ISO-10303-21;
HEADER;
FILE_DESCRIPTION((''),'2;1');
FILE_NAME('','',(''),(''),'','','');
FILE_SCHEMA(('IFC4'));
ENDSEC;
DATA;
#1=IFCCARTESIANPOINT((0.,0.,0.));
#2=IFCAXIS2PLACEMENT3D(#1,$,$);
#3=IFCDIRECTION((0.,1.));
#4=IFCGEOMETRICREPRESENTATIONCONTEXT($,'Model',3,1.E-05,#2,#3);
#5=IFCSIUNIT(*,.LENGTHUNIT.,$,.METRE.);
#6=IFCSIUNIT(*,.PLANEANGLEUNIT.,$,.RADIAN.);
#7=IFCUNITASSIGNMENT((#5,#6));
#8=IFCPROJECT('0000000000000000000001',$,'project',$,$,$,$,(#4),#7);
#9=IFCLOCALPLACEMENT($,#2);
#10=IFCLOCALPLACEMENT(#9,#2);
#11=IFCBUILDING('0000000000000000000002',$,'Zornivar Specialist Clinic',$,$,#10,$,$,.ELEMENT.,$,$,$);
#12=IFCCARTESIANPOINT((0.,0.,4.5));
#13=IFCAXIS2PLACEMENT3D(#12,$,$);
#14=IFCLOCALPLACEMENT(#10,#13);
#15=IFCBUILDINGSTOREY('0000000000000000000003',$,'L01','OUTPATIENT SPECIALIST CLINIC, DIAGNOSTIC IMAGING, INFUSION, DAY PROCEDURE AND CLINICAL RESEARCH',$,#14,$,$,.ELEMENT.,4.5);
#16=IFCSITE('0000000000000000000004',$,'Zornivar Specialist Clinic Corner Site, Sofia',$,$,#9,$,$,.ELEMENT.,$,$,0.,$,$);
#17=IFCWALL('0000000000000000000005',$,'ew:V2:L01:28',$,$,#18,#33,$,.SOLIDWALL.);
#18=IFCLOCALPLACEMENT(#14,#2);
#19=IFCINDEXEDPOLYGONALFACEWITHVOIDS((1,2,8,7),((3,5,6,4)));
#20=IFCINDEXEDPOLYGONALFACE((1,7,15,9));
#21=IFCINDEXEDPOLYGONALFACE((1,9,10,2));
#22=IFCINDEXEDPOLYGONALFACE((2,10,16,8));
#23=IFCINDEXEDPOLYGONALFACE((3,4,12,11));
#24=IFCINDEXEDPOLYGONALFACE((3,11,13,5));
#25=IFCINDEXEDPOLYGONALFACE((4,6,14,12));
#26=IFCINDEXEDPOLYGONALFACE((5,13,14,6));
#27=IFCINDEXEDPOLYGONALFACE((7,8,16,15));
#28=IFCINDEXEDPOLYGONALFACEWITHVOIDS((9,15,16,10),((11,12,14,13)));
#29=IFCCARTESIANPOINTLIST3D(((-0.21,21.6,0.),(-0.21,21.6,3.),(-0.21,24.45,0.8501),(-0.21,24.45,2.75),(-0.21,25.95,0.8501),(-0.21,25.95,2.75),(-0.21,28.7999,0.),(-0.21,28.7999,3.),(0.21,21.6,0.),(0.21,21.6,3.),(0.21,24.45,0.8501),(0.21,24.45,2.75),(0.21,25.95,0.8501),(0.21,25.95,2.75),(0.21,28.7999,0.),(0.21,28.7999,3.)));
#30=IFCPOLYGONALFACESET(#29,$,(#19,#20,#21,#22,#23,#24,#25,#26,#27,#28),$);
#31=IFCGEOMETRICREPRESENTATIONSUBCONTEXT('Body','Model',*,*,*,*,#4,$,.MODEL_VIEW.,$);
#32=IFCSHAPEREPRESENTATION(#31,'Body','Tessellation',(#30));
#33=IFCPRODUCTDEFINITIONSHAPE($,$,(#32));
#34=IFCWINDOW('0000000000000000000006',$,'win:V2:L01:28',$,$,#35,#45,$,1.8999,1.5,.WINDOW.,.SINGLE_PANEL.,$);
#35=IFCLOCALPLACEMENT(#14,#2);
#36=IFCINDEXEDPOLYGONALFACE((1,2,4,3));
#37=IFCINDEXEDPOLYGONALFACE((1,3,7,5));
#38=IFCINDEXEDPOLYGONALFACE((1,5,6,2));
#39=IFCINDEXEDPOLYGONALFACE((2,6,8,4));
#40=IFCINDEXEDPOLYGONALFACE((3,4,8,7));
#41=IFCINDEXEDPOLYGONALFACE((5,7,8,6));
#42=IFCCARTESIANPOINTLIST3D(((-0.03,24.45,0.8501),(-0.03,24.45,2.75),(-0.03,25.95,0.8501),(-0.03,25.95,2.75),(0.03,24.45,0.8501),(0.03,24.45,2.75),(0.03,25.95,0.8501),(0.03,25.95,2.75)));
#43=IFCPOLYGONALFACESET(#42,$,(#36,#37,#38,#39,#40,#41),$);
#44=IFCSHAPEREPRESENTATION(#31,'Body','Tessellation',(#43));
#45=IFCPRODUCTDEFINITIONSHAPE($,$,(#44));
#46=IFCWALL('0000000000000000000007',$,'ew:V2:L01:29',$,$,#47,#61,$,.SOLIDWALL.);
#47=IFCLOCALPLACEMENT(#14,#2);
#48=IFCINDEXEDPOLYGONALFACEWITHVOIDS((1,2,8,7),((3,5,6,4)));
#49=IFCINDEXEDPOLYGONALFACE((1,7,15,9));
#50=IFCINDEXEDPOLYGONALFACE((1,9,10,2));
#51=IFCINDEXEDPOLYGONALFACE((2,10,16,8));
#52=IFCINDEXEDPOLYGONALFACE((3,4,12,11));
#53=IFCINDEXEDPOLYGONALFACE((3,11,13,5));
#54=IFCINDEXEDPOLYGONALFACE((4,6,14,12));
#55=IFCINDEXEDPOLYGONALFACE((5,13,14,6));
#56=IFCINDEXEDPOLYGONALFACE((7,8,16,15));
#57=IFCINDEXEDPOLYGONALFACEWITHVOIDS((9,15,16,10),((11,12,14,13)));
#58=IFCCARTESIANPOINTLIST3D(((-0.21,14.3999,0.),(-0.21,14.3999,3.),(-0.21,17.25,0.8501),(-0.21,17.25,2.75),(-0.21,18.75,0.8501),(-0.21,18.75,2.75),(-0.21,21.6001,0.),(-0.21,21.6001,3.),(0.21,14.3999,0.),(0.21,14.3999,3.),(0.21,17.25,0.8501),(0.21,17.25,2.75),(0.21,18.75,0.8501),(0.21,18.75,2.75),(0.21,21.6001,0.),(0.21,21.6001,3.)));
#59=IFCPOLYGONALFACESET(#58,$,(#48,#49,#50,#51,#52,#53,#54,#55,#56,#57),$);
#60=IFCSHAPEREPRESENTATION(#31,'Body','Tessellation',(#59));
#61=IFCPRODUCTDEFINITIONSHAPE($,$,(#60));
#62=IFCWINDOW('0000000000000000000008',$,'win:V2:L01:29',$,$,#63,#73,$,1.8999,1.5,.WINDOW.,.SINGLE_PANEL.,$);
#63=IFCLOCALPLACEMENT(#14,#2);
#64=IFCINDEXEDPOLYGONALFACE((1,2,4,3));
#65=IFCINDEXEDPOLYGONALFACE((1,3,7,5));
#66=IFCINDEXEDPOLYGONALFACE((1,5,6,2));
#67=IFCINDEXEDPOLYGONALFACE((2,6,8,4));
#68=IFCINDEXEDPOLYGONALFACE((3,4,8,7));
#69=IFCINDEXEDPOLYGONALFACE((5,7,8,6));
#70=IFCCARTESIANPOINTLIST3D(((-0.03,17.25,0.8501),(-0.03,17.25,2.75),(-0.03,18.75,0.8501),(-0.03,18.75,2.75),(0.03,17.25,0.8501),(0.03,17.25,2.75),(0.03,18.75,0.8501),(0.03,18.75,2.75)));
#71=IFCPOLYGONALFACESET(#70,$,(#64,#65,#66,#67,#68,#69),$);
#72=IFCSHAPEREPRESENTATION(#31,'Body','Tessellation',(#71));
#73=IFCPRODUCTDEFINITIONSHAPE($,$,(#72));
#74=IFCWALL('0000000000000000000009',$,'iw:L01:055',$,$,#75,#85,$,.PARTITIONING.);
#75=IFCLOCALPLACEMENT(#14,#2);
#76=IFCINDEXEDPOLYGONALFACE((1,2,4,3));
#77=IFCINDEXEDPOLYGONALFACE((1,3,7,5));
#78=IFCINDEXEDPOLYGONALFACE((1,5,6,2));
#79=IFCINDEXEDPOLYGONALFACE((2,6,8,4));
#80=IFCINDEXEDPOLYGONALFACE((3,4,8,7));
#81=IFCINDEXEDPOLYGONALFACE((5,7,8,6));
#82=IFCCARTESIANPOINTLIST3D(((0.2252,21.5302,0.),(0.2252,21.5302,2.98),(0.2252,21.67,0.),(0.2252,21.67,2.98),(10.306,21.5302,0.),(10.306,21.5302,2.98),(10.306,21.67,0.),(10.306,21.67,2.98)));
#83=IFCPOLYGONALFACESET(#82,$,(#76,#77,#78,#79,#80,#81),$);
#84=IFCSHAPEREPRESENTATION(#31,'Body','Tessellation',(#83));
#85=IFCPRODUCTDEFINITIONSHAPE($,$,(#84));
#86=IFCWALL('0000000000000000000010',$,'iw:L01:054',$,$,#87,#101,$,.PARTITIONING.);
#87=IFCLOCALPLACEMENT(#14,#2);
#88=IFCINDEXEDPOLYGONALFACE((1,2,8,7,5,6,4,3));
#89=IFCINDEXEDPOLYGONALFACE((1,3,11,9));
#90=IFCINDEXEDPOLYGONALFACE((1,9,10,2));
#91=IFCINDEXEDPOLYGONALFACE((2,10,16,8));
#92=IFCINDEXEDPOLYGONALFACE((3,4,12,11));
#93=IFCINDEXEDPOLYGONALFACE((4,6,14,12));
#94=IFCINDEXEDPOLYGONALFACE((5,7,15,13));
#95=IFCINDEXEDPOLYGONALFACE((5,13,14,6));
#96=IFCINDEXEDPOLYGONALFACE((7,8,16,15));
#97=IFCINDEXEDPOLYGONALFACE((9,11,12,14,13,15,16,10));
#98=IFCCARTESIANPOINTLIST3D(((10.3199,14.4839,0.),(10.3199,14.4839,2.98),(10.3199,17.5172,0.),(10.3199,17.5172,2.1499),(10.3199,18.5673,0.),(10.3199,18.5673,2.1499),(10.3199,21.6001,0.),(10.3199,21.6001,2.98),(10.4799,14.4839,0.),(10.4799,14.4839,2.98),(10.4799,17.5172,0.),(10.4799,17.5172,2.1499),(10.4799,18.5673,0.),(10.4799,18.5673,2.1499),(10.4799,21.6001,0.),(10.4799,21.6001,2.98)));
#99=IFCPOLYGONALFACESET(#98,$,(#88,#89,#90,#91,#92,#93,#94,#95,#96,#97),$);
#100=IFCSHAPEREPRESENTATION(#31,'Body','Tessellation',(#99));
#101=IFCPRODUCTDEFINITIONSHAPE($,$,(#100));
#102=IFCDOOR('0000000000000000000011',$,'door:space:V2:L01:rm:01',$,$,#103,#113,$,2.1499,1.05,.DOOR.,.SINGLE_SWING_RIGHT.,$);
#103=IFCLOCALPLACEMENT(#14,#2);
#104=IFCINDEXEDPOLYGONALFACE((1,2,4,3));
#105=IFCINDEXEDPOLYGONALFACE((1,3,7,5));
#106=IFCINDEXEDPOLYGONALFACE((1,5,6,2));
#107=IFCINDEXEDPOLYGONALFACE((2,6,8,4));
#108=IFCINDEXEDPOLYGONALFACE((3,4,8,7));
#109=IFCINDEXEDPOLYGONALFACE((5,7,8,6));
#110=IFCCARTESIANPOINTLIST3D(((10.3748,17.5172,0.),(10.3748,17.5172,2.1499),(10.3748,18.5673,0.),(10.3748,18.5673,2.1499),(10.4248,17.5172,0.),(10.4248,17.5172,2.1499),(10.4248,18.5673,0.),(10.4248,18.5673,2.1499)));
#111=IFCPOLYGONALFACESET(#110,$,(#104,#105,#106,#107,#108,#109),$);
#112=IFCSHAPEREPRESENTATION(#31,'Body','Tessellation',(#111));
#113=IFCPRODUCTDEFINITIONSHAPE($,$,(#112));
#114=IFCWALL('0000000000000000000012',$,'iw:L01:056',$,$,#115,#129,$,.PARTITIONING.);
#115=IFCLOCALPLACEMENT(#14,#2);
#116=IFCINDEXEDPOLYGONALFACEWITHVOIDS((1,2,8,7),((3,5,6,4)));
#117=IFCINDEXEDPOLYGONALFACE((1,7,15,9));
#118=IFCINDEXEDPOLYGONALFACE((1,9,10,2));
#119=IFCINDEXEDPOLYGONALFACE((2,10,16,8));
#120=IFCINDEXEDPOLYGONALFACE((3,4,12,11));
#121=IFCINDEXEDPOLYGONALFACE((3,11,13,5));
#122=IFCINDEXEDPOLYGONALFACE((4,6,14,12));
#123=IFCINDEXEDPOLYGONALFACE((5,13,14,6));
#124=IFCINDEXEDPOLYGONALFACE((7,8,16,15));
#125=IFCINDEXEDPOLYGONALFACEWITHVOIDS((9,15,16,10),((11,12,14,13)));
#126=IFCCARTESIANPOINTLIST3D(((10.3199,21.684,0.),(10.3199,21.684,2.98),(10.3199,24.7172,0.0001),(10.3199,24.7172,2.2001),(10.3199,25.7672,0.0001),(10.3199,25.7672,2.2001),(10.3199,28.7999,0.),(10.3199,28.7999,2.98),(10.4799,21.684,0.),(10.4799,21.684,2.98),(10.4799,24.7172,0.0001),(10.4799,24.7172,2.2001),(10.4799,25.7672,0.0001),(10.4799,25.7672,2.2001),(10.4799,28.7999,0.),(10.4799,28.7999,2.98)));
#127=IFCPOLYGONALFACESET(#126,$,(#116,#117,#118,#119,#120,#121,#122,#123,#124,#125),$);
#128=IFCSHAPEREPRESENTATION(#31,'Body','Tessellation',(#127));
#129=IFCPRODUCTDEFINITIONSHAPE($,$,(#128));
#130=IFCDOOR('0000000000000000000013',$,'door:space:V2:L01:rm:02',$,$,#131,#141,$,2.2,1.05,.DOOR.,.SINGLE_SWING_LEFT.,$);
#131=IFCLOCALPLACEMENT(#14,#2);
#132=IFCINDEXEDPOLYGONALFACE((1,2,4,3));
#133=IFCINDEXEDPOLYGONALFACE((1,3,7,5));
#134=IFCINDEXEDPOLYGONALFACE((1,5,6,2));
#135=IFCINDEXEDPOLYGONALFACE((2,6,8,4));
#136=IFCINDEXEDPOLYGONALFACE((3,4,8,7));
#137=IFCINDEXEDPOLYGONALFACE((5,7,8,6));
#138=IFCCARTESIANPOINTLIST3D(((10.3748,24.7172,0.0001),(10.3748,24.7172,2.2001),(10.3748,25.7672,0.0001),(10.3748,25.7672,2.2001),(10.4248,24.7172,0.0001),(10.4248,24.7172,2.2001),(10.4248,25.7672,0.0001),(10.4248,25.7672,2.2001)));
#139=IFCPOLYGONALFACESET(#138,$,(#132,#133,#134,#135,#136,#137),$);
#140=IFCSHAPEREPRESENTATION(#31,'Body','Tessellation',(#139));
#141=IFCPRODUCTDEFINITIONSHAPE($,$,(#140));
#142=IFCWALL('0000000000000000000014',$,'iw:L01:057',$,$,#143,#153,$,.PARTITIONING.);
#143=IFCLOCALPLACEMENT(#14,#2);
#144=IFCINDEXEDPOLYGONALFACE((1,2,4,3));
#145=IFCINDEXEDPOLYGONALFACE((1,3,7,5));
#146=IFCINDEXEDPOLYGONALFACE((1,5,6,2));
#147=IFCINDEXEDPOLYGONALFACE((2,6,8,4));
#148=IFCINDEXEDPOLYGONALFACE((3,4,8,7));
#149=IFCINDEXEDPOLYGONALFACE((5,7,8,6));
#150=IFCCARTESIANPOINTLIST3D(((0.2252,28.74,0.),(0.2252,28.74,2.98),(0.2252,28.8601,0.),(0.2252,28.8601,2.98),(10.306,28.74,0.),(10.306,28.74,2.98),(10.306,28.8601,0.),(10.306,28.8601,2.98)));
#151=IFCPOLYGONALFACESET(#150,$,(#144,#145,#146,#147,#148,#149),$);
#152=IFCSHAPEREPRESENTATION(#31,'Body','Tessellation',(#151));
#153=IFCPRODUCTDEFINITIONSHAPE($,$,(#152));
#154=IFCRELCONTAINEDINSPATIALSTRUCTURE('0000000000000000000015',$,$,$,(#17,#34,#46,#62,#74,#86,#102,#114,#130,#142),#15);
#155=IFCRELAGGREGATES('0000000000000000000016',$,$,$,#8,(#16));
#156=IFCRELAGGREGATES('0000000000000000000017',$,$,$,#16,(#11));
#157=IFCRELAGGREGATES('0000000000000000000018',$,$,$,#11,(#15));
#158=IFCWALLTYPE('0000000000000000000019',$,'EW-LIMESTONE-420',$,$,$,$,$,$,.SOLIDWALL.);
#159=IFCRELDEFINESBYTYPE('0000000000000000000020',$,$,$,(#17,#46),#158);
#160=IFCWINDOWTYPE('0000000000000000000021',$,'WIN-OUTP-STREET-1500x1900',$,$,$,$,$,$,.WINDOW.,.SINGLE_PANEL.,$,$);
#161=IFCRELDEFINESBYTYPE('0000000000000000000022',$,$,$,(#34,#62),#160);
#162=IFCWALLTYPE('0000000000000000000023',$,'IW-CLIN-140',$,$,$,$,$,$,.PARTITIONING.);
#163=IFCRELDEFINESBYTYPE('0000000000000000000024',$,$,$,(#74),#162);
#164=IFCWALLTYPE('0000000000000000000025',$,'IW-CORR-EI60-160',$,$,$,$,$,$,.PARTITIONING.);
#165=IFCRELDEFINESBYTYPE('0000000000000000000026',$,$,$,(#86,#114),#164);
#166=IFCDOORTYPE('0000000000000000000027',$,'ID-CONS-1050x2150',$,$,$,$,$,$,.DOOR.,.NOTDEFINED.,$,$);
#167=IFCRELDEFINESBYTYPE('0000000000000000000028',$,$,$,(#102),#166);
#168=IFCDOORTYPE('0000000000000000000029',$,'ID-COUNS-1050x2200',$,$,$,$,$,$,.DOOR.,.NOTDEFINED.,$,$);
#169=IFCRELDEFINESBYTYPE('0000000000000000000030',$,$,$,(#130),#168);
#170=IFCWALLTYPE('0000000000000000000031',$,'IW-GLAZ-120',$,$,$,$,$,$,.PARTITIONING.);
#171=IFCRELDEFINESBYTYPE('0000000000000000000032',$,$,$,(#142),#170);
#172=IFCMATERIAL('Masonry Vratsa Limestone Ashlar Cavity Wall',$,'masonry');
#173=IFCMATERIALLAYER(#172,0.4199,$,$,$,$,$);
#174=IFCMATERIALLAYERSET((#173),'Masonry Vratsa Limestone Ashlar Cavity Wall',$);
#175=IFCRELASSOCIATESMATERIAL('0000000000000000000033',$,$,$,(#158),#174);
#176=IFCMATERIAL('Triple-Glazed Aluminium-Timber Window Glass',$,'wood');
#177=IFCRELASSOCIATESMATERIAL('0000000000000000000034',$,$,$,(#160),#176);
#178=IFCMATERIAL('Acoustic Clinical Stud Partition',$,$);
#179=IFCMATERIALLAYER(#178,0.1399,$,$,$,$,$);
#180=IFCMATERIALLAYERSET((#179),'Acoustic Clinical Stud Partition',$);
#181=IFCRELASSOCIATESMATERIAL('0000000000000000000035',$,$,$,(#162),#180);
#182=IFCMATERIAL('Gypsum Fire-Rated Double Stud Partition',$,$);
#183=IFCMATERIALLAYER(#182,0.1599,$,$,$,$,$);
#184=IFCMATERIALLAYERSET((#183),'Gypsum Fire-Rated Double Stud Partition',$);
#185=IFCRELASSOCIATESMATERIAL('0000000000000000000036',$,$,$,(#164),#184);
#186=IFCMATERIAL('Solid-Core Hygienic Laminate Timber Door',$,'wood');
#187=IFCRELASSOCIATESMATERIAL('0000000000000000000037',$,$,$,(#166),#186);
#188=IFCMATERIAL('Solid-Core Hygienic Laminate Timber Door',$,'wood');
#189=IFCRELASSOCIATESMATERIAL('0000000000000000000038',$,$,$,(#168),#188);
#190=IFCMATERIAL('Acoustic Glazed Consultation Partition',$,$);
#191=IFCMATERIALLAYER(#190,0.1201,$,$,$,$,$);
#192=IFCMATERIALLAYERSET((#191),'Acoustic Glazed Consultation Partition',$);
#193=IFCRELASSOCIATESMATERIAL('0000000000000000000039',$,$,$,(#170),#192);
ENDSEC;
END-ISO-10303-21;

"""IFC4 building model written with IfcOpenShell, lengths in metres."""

from ifc_helpers import new_model, si_unit, direction, frame, frame_2d, origin, place, context, subcontext, project, spatial, rectangle, extrude, material, layer, layer_set, type_object, element, fill, save


model = new_model("IFC4")

# Units and contexts
model_context = context("Model", 3, precision=1e-05, world=origin(), true_north=direction((0.0, 1.0)))
body_context = subcontext(model_context, "Body", "Model", "MODEL_VIEW")
ifc_project = project(units=[si_unit("LENGTHUNIT", "METRE"), si_unit("PLANEANGLEUNIT", "RADIAN")], contexts=[model_context])

# Site, building, storey
site_placement = place(None, origin())
site = spatial("IfcSite", under=ifc_project, at=site_placement, Name="Zornivar Specialist Clinic Corner Site, Sofia", CompositionType="ELEMENT", RefElevation=0.0)
building_placement = place(site_placement, origin())
building = spatial("IfcBuilding", under=site, at=building_placement, Name="Zornivar Specialist Clinic", CompositionType="ELEMENT")
storey_placement = place(building_placement, frame((0.0, 0.0, 4.5)))
storey = spatial("IfcBuildingStorey", under=building, at=storey_placement, Name="L01", Description="OUTPATIENT SPECIALIST CLINIC, DIAGNOSTIC IMAGING, INFUSION, DAY PROCEDURE AND CLINICAL RESEARCH", CompositionType="ELEMENT", Elevation=4.5)

# Walls, openings, windows
ifc_material_1 = material(Name="Masonry Vratsa Limestone Ashlar Cavity Wall", Category="masonry")
ifc_layer_1 = layer(ifc_material_1, 0.4199)
ifc_layer_set_1 = layer_set([ifc_layer_1], Name="Masonry Vratsa Limestone Ashlar Cavity Wall")
wall_type_1 = type_object("IfcWallType", Name="EW-LIMESTONE-420", PredefinedType="SOLIDWALL", material=ifc_layer_set_1)
ifc_material_2 = material(Name="Triple-Glazed Aluminium-Timber Window Glass", Category="wood")
window_type = type_object("IfcWindowType", Name="WIN-OUTP-STREET-1500x1900", PartitioningType="SINGLE_PANEL", PredefinedType="WINDOW", material=ifc_material_2)
wall_1_placement = place(storey_placement, frame((0.0, 28.8, 0.0), z_axis=(0.0, 0.0, 1.0), x_axis=(0.0, -1.0, 0.0)))
wall_1 = element("IfcWall", 1, at=wall_1_placement, inside=storey, type_object=wall_type_1, Name="ew:V2:L01:28", PredefinedType="SOLIDWALL", context=body_context, shape_type="SweptSolid", body=[
    extrude(rectangle(XDim=7.2, YDim=0.4199, at=frame_2d((3.6001, 0.0))), origin(), (0.0, 0.0, 1.0), 3.0),
])
opening_1_placement = place(wall_1_placement, frame((2.8501, 0.0, 0.8501)))
opening_1 = element("IfcOpeningElement", 2, at=opening_1_placement, cuts=wall_1, PredefinedType="OPENING", context=body_context, shape_type="SweptSolid", body=[
    extrude(rectangle(XDim=1.5, YDim=1.8999, at=frame_2d((0.75, 0.95))), frame((0.0, 0.22, 0.0), z_axis=(0.0, -1.0, 0.0), x_axis=(1.0, 0.0, 0.0)), (0.0, 0.0, 1.0), 0.4399),
])
window_1_placement = place(opening_1_placement, origin())
window_1 = element("IfcWindow", 3, at=window_1_placement, inside=storey, type_object=window_type, Name="win:V2:L01:28", OverallHeight=1.8999, OverallWidth=1.5, PartitioningType="SINGLE_PANEL", PredefinedType="WINDOW", context=body_context, shape_type="SweptSolid", body=[
    extrude(rectangle(XDim=1.5, YDim=1.8999, at=frame_2d((0.75, 0.95))), frame((0.0, 0.03, 0.0), z_axis=(0.0, -1.0, 0.0), x_axis=(1.0, 0.0, 0.0)), (0.0, 0.0, 1.0), 0.0601),
])
fill(opening_1, window_1)
wall_2_placement = place(storey_placement, frame((0.0, 21.6001, 0.0), z_axis=(0.0, 0.0, 1.0), x_axis=(0.0, -1.0, 0.0)))
wall_2 = element("IfcWall", 4, at=wall_2_placement, inside=storey, type_object=wall_type_1, Name="ew:V2:L01:29", PredefinedType="SOLIDWALL", context=body_context, shape_type="SweptSolid", body=[
    extrude(rectangle(XDim=7.2002, YDim=0.4199, at=frame_2d((3.6001, 0.0))), origin(), (0.0, 0.0, 1.0), 3.0),
])
opening_2_placement = place(wall_2_placement, frame((2.8501, 0.0, 0.8501)))
opening_2 = element("IfcOpeningElement", 5, at=opening_2_placement, cuts=wall_2, PredefinedType="OPENING", context=body_context, shape_type="SweptSolid", body=[
    extrude(rectangle(XDim=1.5, YDim=1.8999, at=frame_2d((0.75, 0.95))), frame((0.0, 0.22, 0.0), z_axis=(0.0, -1.0, 0.0), x_axis=(1.0, 0.0, 0.0)), (0.0, 0.0, 1.0), 0.4399),
])
window_2_placement = place(opening_2_placement, origin())
window_2 = element("IfcWindow", 6, at=window_2_placement, inside=storey, type_object=window_type, Name="win:V2:L01:29", OverallHeight=1.8999, OverallWidth=1.5, PartitioningType="SINGLE_PANEL", PredefinedType="WINDOW", context=body_context, shape_type="SweptSolid", body=[
    extrude(rectangle(XDim=1.5, YDim=1.8999, at=frame_2d((0.75, 0.95))), frame((0.0, 0.03, 0.0), z_axis=(0.0, -1.0, 0.0), x_axis=(1.0, 0.0, 0.0)), (0.0, 0.0, 1.0), 0.0601),
])
fill(opening_2, window_2)

# Wall
ifc_material_3 = material(Name="Acoustic Clinical Stud Partition")
ifc_layer_2 = layer(ifc_material_3, 0.1399)
ifc_layer_set_2 = layer_set([ifc_layer_2], Name="Acoustic Clinical Stud Partition")
wall_type_2 = type_object("IfcWallType", Name="IW-CLIN-140", PredefinedType="PARTITIONING", material=ifc_layer_set_2)
wall_3_placement = place(storey_placement, frame((0.2251, 21.6001, 0.0), z_axis=(0.0, 0.0, 1.0), x_axis=(1.0, 0.0, 0.0)))
element("IfcWall", 7, at=wall_3_placement, inside=storey, type_object=wall_type_2, Name="iw:L01:055", PredefinedType="PARTITIONING", context=body_context, shape_type="SweptSolid", body=[
    extrude(rectangle(XDim=10.0808, YDim=0.1399, at=frame_2d((5.0405, 0.0))), origin(), (0.0, 0.0, 1.0), 2.98),
])

# Walls, openings, doors
ifc_material_4 = material(Name="Gypsum Fire-Rated Double Stud Partition")
ifc_layer_3 = layer(ifc_material_4, 0.1599)
ifc_layer_set_3 = layer_set([ifc_layer_3], Name="Gypsum Fire-Rated Double Stud Partition")
wall_type_3 = type_object("IfcWallType", Name="IW-CORR-EI60-160", PredefinedType="PARTITIONING", material=ifc_layer_set_3)
wall_4_placement = place(storey_placement, frame((10.3999, 21.6001, 0.0), z_axis=(0.0, 0.0, 1.0), x_axis=(0.0, -1.0, 0.0)))
wall_4 = element("IfcWall", 8, at=wall_4_placement, inside=storey, type_object=wall_type_3, Name="iw:L01:054", PredefinedType="PARTITIONING", context=body_context, shape_type="SweptSolid", body=[
    extrude(rectangle(XDim=7.1162, YDim=0.1599, at=frame_2d((3.5581, 0.0))), origin(), (0.0, 0.0, 1.0), 2.98),
])
opening_3_placement = place(wall_4_placement, frame((3.033, 0.0, 0.0)))
opening_3 = element("IfcOpeningElement", 9, at=opening_3_placement, cuts=wall_4, PredefinedType="OPENING", context=body_context, shape_type="SweptSolid", body=[
    extrude(rectangle(XDim=1.05, YDim=2.1499, at=frame_2d((0.5249, 1.075))), frame((0.0, 0.0898, 0.0), z_axis=(0.0, -1.0, 0.0), x_axis=(1.0, 0.0, 0.0)), (0.0, 0.0, 1.0), 0.1799),
])
ifc_material_5 = material(Name="Solid-Core Hygienic Laminate Timber Door", Category="wood")
door_type_1 = type_object("IfcDoorType", Name="ID-CONS-1050x2150", OperationType="NOTDEFINED", PredefinedType="DOOR", material=ifc_material_5)
door_1_placement = place(opening_3_placement, origin())
door_1 = element("IfcDoor", 10, at=door_1_placement, inside=storey, type_object=door_type_1, Name="door:space:V2:L01:rm:01", OperationType="SINGLE_SWING_RIGHT", OverallHeight=2.1499, OverallWidth=1.05, PredefinedType="DOOR", context=body_context, shape_type="SweptSolid", body=[
    extrude(rectangle(XDim=1.05, YDim=2.1499, at=frame_2d((0.5249, 1.075))), frame((0.0, 0.0249, 0.0), z_axis=(0.0, -1.0, 0.0), x_axis=(1.0, 0.0, 0.0)), (0.0, 0.0, 1.0), 0.05),
])
fill(opening_3, door_1)
wall_5_placement = place(storey_placement, frame((10.3999, 28.8, 0.0), z_axis=(0.0, 0.0, 1.0), x_axis=(0.0, -1.0, 0.0)))
wall_5 = element("IfcWall", 11, at=wall_5_placement, inside=storey, type_object=wall_type_3, Name="iw:L01:056", PredefinedType="PARTITIONING", context=body_context, shape_type="SweptSolid", body=[
    extrude(rectangle(XDim=7.116, YDim=0.1599, at=frame_2d((3.5581, 0.0))), origin(), (0.0, 0.0, 1.0), 2.98),
])
opening_4_placement = place(wall_5_placement, frame((3.033, 0.0, 0.0)))
opening_4 = element("IfcOpeningElement", 12, at=opening_4_placement, cuts=wall_5, PredefinedType="OPENING", context=body_context, shape_type="SweptSolid", body=[
    extrude(rectangle(XDim=1.05, YDim=2.2, at=frame_2d((0.5249, 1.1001))), frame((0.0, 0.0898, 0.0), z_axis=(0.0, -1.0, 0.0), x_axis=(1.0, 0.0, 0.0)), (0.0, 0.0, 1.0), 0.1799),
])
ifc_material_6 = material(Name="Solid-Core Hygienic Laminate Timber Door", Category="wood")
door_type_2 = type_object("IfcDoorType", Name="ID-COUNS-1050x2200", OperationType="NOTDEFINED", PredefinedType="DOOR", material=ifc_material_6)
door_2_placement = place(opening_4_placement, origin())
door_2 = element("IfcDoor", 13, at=door_2_placement, inside=storey, type_object=door_type_2, Name="door:space:V2:L01:rm:02", OperationType="SINGLE_SWING_LEFT", OverallHeight=2.2, OverallWidth=1.05, PredefinedType="DOOR", context=body_context, shape_type="SweptSolid", body=[
    extrude(rectangle(XDim=1.05, YDim=2.2, at=frame_2d((0.5249, 1.1001))), frame((0.0, 0.0249, 0.0), z_axis=(0.0, -1.0, 0.0), x_axis=(1.0, 0.0, 0.0)), (0.0, 0.0, 1.0), 0.05),
])
fill(opening_4, door_2)

# Wall
ifc_material_7 = material(Name="Acoustic Glazed Consultation Partition")
ifc_layer_4 = layer(ifc_material_7, 0.1201)
ifc_layer_set_4 = layer_set([ifc_layer_4], Name="Acoustic Glazed Consultation Partition")
wall_type_4 = type_object("IfcWallType", Name="IW-GLAZ-120", PredefinedType="PARTITIONING", material=ifc_layer_set_4)
wall_6_placement = place(storey_placement, frame((0.2251, 28.8, 0.0), z_axis=(0.0, 0.0, 1.0), x_axis=(1.0, 0.0, 0.0)))
element("IfcWall", 14, at=wall_6_placement, inside=storey, type_object=wall_type_4, Name="iw:L01:057", PredefinedType="PARTITIONING", context=body_context, shape_type="SweptSolid", body=[
    extrude(rectangle(XDim=10.0808, YDim=0.1201, at=frame_2d((5.0405, 0.0))), origin(), (0.0, 0.0, 1.0), 2.98),
])

save(model, "model.ifc")
